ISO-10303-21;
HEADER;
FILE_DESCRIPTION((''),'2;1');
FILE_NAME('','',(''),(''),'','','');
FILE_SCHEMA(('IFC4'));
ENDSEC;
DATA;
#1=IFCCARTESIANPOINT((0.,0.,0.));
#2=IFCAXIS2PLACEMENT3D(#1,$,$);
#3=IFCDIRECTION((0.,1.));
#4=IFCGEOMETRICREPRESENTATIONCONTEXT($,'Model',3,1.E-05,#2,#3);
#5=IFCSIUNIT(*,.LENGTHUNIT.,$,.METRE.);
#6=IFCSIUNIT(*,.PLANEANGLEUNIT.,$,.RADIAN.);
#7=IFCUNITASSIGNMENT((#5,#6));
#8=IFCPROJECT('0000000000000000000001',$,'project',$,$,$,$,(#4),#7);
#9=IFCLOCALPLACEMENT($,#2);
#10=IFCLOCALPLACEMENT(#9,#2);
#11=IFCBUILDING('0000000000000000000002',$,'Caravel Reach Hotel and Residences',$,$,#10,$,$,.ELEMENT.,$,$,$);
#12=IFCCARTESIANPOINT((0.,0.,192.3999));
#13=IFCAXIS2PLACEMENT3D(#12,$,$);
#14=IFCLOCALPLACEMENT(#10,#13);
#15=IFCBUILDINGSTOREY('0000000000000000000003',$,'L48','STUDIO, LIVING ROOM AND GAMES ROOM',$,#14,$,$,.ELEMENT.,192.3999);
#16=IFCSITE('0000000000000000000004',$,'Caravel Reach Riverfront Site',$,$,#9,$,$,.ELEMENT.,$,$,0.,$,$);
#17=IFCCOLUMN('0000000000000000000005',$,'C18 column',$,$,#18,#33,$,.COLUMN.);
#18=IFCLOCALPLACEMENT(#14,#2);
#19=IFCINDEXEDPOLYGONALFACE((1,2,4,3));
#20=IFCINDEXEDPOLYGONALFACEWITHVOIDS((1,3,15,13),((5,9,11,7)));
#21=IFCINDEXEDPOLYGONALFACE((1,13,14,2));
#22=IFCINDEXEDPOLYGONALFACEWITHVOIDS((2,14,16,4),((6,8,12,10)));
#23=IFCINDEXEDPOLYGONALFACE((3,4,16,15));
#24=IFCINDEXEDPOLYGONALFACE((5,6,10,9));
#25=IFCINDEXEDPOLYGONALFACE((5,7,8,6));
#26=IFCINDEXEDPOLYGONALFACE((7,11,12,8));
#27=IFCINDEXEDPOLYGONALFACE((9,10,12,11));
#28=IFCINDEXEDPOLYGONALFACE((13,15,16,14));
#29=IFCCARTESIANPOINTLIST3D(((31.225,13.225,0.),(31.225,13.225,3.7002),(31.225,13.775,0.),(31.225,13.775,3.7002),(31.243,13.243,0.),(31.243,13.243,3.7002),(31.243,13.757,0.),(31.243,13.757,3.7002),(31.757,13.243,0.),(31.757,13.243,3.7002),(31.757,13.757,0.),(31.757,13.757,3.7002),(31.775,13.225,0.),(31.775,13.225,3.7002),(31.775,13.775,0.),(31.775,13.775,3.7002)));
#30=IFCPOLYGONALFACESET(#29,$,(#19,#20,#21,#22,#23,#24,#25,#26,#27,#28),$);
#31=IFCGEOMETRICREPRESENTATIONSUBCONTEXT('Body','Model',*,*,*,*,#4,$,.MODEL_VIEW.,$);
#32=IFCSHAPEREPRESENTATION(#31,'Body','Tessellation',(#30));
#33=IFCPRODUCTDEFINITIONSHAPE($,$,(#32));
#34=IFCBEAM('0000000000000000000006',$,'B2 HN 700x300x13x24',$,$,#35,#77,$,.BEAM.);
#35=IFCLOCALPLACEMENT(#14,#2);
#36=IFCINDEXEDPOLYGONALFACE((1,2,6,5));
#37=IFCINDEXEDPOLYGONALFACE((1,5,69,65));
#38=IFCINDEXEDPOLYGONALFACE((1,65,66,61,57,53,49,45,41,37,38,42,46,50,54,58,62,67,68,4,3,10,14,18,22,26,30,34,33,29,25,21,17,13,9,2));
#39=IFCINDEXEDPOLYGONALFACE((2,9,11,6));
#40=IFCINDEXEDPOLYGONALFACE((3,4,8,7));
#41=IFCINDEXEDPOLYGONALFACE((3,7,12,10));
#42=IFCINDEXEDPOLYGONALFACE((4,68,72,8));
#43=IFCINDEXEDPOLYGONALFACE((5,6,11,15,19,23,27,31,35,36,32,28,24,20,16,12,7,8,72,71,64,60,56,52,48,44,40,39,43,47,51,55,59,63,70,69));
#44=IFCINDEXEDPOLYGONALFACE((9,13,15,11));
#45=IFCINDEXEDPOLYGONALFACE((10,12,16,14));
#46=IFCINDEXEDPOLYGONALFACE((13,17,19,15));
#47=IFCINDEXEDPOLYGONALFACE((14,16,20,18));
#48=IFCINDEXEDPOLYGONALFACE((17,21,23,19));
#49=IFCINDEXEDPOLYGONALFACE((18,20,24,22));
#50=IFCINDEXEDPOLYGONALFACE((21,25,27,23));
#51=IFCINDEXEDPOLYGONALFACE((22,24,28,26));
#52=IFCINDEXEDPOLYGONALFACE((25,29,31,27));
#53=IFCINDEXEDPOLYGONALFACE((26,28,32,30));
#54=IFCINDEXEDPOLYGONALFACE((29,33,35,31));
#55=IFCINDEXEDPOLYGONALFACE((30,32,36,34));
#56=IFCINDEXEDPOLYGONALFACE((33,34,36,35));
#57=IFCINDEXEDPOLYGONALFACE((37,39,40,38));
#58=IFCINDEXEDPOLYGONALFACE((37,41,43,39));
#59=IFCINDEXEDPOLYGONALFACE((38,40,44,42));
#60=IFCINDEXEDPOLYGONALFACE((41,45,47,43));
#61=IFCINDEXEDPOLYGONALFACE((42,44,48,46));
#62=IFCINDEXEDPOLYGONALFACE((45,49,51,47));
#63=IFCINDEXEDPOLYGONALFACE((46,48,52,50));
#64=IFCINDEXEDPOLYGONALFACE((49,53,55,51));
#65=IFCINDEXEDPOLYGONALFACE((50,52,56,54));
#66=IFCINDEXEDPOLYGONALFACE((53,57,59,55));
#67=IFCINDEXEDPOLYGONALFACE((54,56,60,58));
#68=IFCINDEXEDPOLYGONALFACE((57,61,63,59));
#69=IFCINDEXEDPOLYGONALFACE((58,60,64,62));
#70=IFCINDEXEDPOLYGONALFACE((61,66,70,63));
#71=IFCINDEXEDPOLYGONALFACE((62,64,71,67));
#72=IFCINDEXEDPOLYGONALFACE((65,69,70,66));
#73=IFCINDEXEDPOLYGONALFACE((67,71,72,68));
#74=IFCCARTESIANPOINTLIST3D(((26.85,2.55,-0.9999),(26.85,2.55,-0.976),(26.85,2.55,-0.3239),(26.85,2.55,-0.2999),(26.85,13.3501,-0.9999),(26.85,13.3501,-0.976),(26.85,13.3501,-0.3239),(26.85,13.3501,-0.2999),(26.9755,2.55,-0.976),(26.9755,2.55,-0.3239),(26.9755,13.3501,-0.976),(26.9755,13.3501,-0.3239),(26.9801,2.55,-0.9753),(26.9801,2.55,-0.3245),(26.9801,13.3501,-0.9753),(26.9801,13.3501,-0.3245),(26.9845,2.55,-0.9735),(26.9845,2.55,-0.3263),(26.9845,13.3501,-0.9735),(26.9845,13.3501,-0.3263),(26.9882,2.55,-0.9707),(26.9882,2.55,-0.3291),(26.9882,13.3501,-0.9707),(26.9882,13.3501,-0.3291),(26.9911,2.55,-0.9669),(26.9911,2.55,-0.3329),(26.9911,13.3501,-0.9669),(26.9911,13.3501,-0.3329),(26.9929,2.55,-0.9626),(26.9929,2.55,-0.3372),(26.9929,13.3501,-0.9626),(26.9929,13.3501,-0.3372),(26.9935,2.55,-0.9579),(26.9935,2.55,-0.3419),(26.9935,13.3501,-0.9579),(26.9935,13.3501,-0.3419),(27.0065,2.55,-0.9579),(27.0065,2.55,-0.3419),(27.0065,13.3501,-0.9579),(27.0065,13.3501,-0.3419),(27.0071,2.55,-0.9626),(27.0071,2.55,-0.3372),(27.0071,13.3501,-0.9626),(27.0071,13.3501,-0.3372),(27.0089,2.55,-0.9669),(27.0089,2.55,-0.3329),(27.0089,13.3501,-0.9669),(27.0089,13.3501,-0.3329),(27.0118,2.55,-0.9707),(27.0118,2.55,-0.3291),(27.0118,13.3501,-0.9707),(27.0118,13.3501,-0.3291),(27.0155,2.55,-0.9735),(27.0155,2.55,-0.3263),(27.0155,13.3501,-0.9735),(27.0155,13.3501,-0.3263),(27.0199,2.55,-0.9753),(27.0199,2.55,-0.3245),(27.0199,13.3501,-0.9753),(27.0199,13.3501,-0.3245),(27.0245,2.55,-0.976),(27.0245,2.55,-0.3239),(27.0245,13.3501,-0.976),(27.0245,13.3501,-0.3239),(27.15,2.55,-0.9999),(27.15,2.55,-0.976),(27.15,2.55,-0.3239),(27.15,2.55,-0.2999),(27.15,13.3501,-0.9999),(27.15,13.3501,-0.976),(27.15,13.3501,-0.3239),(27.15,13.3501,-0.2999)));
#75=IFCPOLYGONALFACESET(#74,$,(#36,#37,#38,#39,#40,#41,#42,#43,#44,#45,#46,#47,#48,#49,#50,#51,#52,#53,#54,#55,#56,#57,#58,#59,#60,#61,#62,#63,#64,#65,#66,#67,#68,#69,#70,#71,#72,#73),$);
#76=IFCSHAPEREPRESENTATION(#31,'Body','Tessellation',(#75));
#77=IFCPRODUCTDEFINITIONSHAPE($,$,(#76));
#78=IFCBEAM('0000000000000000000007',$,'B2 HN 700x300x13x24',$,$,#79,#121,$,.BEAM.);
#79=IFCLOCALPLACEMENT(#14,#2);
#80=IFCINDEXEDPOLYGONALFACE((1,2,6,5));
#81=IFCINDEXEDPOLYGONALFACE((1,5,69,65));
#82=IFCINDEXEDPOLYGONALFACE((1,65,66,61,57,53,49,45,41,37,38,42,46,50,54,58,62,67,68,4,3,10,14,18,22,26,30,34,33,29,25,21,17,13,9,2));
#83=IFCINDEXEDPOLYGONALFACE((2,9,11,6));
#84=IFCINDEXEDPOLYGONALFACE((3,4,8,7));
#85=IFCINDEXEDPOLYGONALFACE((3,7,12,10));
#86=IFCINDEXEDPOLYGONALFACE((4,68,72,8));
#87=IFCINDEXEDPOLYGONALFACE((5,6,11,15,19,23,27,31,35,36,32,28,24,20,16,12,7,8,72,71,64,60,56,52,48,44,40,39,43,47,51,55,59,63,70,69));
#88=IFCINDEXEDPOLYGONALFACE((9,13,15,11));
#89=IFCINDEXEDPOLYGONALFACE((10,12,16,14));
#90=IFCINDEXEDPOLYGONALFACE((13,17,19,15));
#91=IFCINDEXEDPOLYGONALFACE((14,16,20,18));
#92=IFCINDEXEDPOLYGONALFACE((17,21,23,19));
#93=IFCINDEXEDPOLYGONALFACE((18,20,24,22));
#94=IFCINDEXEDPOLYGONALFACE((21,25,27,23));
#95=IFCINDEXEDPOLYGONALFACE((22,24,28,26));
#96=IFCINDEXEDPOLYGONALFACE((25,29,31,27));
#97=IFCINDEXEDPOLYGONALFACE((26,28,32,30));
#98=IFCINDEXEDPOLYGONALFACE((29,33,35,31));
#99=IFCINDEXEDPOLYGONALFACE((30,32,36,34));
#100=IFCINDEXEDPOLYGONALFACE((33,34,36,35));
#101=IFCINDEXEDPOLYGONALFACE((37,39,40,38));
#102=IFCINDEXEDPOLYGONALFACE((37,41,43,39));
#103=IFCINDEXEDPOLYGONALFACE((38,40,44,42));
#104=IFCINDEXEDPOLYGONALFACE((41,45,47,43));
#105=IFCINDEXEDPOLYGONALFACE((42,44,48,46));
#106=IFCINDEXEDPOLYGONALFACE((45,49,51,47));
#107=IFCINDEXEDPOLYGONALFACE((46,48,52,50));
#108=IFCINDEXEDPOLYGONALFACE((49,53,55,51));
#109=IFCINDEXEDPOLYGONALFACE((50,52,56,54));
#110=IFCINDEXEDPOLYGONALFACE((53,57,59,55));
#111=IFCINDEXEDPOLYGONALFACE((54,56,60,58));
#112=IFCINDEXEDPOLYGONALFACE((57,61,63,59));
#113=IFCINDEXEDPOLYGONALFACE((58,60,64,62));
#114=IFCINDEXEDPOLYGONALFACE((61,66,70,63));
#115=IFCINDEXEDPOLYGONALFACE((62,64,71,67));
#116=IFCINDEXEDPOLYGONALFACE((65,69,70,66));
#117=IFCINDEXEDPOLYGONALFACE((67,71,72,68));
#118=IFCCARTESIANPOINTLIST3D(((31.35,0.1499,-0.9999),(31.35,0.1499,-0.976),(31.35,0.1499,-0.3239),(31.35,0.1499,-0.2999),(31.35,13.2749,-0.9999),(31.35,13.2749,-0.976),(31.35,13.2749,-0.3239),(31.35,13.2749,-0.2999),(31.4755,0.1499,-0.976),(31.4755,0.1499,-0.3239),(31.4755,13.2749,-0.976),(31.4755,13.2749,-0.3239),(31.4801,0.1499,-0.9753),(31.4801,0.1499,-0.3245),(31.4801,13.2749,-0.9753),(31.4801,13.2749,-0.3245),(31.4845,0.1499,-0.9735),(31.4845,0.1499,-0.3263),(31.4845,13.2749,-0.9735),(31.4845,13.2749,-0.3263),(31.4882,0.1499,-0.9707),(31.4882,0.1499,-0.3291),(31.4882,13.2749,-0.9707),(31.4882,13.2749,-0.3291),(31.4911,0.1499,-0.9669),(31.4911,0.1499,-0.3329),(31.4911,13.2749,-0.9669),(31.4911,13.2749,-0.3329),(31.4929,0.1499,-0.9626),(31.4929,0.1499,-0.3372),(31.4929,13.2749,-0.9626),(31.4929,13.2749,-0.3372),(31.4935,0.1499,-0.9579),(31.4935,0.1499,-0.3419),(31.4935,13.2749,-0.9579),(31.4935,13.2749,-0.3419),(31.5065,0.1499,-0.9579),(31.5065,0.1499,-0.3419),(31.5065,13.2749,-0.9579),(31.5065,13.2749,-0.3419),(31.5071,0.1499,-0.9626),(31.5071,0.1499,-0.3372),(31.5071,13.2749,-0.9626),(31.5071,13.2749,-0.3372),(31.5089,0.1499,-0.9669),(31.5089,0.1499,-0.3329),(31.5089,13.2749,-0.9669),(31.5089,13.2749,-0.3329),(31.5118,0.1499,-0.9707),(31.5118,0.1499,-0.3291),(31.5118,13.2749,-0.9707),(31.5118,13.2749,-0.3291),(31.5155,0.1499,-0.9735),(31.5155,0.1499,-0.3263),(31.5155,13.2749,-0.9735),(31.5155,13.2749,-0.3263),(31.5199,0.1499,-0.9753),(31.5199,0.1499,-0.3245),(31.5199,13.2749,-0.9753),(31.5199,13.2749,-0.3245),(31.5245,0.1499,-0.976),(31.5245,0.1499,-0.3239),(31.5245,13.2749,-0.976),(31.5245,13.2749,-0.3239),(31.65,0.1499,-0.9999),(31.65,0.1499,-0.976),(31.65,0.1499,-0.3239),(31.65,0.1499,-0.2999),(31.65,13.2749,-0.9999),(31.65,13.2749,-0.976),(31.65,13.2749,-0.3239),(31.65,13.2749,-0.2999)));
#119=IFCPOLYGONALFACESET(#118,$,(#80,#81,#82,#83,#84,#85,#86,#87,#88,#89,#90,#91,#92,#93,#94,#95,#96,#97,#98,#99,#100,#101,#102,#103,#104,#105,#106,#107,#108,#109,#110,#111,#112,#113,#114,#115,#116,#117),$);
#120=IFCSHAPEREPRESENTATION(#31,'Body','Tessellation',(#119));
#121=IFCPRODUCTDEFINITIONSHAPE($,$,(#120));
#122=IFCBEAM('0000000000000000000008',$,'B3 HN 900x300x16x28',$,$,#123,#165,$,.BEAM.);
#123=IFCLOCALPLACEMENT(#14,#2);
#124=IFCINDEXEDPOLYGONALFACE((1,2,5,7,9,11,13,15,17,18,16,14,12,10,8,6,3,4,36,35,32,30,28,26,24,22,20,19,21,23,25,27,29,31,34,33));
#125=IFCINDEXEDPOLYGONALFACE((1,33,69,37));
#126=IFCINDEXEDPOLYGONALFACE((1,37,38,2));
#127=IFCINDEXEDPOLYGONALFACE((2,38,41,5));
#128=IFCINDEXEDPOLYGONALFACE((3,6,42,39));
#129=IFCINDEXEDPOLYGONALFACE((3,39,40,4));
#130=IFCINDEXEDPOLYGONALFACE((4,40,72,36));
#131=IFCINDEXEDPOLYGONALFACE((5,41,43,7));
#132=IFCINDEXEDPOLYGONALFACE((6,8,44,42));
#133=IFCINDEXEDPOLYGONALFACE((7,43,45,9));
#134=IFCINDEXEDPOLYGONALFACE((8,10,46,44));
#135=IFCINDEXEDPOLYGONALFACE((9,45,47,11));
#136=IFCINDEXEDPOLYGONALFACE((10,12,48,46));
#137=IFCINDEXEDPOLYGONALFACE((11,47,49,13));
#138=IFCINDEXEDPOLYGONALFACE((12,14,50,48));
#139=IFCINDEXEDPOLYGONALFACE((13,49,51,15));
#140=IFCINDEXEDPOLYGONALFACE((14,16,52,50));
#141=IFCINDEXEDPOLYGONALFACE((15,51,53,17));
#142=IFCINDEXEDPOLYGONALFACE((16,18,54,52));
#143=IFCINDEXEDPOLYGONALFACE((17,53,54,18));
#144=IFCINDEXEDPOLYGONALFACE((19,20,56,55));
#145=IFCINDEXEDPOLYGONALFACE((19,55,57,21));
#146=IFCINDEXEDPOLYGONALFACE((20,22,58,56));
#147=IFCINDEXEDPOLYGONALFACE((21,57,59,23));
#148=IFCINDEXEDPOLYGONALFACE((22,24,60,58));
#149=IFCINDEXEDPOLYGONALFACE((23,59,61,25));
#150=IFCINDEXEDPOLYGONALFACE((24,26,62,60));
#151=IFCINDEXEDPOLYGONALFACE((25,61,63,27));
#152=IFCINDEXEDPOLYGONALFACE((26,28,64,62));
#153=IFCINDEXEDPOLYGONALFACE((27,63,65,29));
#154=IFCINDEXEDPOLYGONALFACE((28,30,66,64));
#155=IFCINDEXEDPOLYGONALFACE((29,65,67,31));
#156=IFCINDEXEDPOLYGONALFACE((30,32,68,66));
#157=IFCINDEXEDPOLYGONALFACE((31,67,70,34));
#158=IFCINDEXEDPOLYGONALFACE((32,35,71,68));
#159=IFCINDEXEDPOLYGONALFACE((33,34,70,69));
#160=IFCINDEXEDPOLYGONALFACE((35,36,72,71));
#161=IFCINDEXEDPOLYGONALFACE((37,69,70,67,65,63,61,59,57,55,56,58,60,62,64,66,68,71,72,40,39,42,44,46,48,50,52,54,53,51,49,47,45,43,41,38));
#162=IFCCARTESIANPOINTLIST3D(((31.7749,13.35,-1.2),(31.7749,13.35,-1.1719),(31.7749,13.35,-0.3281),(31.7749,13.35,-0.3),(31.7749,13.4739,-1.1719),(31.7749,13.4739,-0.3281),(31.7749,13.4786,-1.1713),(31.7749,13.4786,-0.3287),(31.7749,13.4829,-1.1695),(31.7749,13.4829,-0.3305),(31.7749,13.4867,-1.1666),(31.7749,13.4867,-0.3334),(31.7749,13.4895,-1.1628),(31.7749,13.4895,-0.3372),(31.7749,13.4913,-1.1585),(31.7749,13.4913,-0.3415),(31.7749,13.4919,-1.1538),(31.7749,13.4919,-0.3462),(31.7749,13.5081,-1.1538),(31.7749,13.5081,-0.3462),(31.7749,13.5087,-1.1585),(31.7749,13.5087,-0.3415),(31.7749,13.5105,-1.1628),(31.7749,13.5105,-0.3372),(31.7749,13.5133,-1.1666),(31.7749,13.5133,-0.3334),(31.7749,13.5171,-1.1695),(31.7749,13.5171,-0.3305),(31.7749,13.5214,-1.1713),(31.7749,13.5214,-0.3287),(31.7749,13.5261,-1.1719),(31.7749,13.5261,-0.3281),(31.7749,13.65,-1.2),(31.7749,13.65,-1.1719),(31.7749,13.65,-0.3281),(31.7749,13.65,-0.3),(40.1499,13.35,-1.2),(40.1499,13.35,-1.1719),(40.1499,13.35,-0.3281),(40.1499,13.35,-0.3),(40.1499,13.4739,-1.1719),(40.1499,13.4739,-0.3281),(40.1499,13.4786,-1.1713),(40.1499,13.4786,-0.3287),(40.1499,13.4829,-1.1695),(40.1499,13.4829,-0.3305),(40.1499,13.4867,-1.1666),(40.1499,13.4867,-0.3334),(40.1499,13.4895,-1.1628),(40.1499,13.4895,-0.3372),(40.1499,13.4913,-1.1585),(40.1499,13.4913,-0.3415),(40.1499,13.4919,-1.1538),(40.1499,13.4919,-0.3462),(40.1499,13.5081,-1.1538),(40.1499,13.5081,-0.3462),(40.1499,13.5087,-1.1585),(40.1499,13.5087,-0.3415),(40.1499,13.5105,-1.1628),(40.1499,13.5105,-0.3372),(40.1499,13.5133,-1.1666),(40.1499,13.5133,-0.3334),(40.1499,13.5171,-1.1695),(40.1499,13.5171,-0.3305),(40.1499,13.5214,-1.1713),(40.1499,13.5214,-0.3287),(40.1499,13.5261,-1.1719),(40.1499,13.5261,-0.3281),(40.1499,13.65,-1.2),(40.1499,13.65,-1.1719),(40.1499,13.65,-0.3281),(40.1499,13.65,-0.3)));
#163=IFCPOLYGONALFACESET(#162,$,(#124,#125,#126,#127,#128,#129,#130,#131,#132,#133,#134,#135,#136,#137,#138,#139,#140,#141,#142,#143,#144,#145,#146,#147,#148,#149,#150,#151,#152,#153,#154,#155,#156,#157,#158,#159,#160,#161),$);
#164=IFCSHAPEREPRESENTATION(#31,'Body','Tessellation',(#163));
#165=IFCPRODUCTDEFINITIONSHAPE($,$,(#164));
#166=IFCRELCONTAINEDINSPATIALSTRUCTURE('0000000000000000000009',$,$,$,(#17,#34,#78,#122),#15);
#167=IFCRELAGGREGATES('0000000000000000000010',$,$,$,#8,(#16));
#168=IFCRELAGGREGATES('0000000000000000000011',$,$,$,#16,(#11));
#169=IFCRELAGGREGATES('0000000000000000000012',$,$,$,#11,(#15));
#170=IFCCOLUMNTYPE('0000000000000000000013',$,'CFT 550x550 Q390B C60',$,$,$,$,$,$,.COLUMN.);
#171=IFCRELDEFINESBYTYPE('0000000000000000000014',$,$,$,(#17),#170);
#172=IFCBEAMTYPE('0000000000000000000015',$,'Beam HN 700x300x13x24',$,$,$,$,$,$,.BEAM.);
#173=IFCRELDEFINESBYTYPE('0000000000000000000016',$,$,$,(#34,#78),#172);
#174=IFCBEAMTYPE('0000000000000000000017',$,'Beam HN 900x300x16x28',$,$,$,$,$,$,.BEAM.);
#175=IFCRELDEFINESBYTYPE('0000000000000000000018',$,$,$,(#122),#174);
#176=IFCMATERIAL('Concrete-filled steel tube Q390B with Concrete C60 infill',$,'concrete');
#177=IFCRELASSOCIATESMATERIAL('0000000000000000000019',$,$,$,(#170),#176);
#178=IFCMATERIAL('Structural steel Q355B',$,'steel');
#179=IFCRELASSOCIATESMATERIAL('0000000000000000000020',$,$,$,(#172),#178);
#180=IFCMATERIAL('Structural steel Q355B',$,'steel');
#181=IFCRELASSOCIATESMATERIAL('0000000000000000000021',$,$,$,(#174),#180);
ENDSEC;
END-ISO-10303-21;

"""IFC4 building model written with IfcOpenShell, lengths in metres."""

from ifc_helpers import new_model, si_unit, direction, frame, origin, origin_2d, place, context, subcontext, project, spatial, hollow_rectangle, i_section, extrude, material, material_profile, profile_set, type_object, element, save


model = new_model("IFC4")

# Units and contexts
model_context = context("Model", 3, precision=1e-05, world=origin(), true_north=direction((0.0, 1.0)))
body_context = subcontext(model_context, "Body", "Model", "MODEL_VIEW")
ifc_project = project(units=[si_unit("LENGTHUNIT", "METRE"), si_unit("PLANEANGLEUNIT", "RADIAN")], contexts=[model_context])

# Site, building, storey
site_placement = place(None, origin())
site = spatial("IfcSite", under=ifc_project, at=site_placement, Name="Caravel Reach Riverfront Site", CompositionType="ELEMENT", RefElevation=0.0)
building_placement = place(site_placement, origin())
building = spatial("IfcBuilding", under=site, at=building_placement, Name="Caravel Reach Hotel and Residences", CompositionType="ELEMENT")
storey_placement = place(building_placement, frame((0.0, 0.0, 192.3999)))
storey = spatial("IfcBuildingStorey", under=building, at=storey_placement, Name="L48", Description="STUDIO, LIVING ROOM AND GAMES ROOM", CompositionType="ELEMENT", Elevation=192.3999)

# Column
ifc_material_1 = material(Name="Concrete-filled steel tube Q390B with Concrete C60 infill", Category="concrete")
ifc_material_profile_1 = material_profile(ifc_material_1, hollow_rectangle(XDim=0.55, YDim=0.55, WallThickness=0.0181, at=origin_2d()), Name="RHS 550x550x18")
ifc_profile_set_1 = profile_set([ifc_material_profile_1], Name="Concrete-filled steel tube Q390B with Concrete C60 infill")
column_type = type_object("IfcColumnType", Name="CFT 550x550 Q390B C60", PredefinedType="COLUMN", material=ifc_profile_set_1)
column_placement = place(storey_placement, frame((31.5, 13.5, 0.0), z_axis=(0.0, 0.0, 1.0), x_axis=(1.0, 0.0, 0.0)))
element("IfcColumn", 1, at=column_placement, inside=storey, type_object=column_type, Name="C18 column", PredefinedType="COLUMN", context=body_context, shape_type="SweptSolid", body=[
    extrude(hollow_rectangle(XDim=0.55, YDim=0.55, WallThickness=0.0181, at=origin_2d()), origin(), (0.0, 0.0, 1.0), 3.7002),
])

# Beams
ifc_material_2 = material(Name="Structural steel Q355B", Category="steel")
ifc_material_profile_2 = material_profile(ifc_material_2, i_section(OverallWidth=0.3, OverallDepth=0.7, WebThickness=0.0129, FlangeThickness=0.0239, FilletRadius=0.0181, at=origin_2d()), Name="HN 700x300x13x24")
ifc_profile_set_2 = profile_set([ifc_material_profile_2], Name="Structural steel Q355B")
beam_type_1 = type_object("IfcBeamType", Name="Beam HN 700x300x13x24", PredefinedType="BEAM", material=ifc_profile_set_2)
beam_1_placement = place(storey_placement, frame((27.0, 13.3501, -0.6499), z_axis=(0.0, -1.0, 0.0), x_axis=(1.0, 0.0, 0.0)))
element("IfcBeam", 2, at=beam_1_placement, inside=storey, type_object=beam_type_1, Name="B2 HN 700x300x13x24", PredefinedType="BEAM", context=body_context, shape_type="SweptSolid", body=[
    extrude(i_section(OverallWidth=0.3, OverallDepth=0.7, WebThickness=0.0129, FlangeThickness=0.0239, FilletRadius=0.0181, at=origin_2d()), origin(), (0.0, 0.0, 1.0), 10.8),
])
beam_2_placement = place(storey_placement, frame((31.5, 13.2749, -0.6499), z_axis=(0.0, -1.0, 0.0), x_axis=(1.0, 0.0, 0.0)))
element("IfcBeam", 3, at=beam_2_placement, inside=storey, type_object=beam_type_1, Name="B2 HN 700x300x13x24", PredefinedType="BEAM", context=body_context, shape_type="SweptSolid", body=[
    extrude(i_section(OverallWidth=0.3, OverallDepth=0.7, WebThickness=0.0129, FlangeThickness=0.0239, FilletRadius=0.0181, at=origin_2d()), origin(), (0.0, 0.0, 1.0), 13.125),
])
ifc_material_3 = material(Name="Structural steel Q355B", Category="steel")
ifc_material_profile_3 = material_profile(ifc_material_3, i_section(OverallWidth=0.3, OverallDepth=0.8999, WebThickness=0.0161, FlangeThickness=0.0281, FilletRadius=0.0181, at=origin_2d()), Name="HN 900x300x16x28")
ifc_profile_set_3 = profile_set([ifc_material_profile_3], Name="Structural steel Q355B")
beam_type_2 = type_object("IfcBeamType", Name="Beam HN 900x300x16x28", PredefinedType="BEAM", material=ifc_profile_set_3)
beam_3_placement = place(storey_placement, frame((31.7749, 13.5, -0.75), z_axis=(1.0, 0.0, 0.0), x_axis=(0.0, 1.0, 0.0)))
element("IfcBeam", 4, at=beam_3_placement, inside=storey, type_object=beam_type_2, Name="B3 HN 900x300x16x28", PredefinedType="BEAM", context=body_context, shape_type="SweptSolid", body=[
    extrude(i_section(OverallWidth=0.3, OverallDepth=0.8999, WebThickness=0.0161, FlangeThickness=0.0281, FilletRadius=0.0181, at=origin_2d()), origin(), (0.0, 0.0, 1.0), 8.375),
])

save(model, "model.ifc")
